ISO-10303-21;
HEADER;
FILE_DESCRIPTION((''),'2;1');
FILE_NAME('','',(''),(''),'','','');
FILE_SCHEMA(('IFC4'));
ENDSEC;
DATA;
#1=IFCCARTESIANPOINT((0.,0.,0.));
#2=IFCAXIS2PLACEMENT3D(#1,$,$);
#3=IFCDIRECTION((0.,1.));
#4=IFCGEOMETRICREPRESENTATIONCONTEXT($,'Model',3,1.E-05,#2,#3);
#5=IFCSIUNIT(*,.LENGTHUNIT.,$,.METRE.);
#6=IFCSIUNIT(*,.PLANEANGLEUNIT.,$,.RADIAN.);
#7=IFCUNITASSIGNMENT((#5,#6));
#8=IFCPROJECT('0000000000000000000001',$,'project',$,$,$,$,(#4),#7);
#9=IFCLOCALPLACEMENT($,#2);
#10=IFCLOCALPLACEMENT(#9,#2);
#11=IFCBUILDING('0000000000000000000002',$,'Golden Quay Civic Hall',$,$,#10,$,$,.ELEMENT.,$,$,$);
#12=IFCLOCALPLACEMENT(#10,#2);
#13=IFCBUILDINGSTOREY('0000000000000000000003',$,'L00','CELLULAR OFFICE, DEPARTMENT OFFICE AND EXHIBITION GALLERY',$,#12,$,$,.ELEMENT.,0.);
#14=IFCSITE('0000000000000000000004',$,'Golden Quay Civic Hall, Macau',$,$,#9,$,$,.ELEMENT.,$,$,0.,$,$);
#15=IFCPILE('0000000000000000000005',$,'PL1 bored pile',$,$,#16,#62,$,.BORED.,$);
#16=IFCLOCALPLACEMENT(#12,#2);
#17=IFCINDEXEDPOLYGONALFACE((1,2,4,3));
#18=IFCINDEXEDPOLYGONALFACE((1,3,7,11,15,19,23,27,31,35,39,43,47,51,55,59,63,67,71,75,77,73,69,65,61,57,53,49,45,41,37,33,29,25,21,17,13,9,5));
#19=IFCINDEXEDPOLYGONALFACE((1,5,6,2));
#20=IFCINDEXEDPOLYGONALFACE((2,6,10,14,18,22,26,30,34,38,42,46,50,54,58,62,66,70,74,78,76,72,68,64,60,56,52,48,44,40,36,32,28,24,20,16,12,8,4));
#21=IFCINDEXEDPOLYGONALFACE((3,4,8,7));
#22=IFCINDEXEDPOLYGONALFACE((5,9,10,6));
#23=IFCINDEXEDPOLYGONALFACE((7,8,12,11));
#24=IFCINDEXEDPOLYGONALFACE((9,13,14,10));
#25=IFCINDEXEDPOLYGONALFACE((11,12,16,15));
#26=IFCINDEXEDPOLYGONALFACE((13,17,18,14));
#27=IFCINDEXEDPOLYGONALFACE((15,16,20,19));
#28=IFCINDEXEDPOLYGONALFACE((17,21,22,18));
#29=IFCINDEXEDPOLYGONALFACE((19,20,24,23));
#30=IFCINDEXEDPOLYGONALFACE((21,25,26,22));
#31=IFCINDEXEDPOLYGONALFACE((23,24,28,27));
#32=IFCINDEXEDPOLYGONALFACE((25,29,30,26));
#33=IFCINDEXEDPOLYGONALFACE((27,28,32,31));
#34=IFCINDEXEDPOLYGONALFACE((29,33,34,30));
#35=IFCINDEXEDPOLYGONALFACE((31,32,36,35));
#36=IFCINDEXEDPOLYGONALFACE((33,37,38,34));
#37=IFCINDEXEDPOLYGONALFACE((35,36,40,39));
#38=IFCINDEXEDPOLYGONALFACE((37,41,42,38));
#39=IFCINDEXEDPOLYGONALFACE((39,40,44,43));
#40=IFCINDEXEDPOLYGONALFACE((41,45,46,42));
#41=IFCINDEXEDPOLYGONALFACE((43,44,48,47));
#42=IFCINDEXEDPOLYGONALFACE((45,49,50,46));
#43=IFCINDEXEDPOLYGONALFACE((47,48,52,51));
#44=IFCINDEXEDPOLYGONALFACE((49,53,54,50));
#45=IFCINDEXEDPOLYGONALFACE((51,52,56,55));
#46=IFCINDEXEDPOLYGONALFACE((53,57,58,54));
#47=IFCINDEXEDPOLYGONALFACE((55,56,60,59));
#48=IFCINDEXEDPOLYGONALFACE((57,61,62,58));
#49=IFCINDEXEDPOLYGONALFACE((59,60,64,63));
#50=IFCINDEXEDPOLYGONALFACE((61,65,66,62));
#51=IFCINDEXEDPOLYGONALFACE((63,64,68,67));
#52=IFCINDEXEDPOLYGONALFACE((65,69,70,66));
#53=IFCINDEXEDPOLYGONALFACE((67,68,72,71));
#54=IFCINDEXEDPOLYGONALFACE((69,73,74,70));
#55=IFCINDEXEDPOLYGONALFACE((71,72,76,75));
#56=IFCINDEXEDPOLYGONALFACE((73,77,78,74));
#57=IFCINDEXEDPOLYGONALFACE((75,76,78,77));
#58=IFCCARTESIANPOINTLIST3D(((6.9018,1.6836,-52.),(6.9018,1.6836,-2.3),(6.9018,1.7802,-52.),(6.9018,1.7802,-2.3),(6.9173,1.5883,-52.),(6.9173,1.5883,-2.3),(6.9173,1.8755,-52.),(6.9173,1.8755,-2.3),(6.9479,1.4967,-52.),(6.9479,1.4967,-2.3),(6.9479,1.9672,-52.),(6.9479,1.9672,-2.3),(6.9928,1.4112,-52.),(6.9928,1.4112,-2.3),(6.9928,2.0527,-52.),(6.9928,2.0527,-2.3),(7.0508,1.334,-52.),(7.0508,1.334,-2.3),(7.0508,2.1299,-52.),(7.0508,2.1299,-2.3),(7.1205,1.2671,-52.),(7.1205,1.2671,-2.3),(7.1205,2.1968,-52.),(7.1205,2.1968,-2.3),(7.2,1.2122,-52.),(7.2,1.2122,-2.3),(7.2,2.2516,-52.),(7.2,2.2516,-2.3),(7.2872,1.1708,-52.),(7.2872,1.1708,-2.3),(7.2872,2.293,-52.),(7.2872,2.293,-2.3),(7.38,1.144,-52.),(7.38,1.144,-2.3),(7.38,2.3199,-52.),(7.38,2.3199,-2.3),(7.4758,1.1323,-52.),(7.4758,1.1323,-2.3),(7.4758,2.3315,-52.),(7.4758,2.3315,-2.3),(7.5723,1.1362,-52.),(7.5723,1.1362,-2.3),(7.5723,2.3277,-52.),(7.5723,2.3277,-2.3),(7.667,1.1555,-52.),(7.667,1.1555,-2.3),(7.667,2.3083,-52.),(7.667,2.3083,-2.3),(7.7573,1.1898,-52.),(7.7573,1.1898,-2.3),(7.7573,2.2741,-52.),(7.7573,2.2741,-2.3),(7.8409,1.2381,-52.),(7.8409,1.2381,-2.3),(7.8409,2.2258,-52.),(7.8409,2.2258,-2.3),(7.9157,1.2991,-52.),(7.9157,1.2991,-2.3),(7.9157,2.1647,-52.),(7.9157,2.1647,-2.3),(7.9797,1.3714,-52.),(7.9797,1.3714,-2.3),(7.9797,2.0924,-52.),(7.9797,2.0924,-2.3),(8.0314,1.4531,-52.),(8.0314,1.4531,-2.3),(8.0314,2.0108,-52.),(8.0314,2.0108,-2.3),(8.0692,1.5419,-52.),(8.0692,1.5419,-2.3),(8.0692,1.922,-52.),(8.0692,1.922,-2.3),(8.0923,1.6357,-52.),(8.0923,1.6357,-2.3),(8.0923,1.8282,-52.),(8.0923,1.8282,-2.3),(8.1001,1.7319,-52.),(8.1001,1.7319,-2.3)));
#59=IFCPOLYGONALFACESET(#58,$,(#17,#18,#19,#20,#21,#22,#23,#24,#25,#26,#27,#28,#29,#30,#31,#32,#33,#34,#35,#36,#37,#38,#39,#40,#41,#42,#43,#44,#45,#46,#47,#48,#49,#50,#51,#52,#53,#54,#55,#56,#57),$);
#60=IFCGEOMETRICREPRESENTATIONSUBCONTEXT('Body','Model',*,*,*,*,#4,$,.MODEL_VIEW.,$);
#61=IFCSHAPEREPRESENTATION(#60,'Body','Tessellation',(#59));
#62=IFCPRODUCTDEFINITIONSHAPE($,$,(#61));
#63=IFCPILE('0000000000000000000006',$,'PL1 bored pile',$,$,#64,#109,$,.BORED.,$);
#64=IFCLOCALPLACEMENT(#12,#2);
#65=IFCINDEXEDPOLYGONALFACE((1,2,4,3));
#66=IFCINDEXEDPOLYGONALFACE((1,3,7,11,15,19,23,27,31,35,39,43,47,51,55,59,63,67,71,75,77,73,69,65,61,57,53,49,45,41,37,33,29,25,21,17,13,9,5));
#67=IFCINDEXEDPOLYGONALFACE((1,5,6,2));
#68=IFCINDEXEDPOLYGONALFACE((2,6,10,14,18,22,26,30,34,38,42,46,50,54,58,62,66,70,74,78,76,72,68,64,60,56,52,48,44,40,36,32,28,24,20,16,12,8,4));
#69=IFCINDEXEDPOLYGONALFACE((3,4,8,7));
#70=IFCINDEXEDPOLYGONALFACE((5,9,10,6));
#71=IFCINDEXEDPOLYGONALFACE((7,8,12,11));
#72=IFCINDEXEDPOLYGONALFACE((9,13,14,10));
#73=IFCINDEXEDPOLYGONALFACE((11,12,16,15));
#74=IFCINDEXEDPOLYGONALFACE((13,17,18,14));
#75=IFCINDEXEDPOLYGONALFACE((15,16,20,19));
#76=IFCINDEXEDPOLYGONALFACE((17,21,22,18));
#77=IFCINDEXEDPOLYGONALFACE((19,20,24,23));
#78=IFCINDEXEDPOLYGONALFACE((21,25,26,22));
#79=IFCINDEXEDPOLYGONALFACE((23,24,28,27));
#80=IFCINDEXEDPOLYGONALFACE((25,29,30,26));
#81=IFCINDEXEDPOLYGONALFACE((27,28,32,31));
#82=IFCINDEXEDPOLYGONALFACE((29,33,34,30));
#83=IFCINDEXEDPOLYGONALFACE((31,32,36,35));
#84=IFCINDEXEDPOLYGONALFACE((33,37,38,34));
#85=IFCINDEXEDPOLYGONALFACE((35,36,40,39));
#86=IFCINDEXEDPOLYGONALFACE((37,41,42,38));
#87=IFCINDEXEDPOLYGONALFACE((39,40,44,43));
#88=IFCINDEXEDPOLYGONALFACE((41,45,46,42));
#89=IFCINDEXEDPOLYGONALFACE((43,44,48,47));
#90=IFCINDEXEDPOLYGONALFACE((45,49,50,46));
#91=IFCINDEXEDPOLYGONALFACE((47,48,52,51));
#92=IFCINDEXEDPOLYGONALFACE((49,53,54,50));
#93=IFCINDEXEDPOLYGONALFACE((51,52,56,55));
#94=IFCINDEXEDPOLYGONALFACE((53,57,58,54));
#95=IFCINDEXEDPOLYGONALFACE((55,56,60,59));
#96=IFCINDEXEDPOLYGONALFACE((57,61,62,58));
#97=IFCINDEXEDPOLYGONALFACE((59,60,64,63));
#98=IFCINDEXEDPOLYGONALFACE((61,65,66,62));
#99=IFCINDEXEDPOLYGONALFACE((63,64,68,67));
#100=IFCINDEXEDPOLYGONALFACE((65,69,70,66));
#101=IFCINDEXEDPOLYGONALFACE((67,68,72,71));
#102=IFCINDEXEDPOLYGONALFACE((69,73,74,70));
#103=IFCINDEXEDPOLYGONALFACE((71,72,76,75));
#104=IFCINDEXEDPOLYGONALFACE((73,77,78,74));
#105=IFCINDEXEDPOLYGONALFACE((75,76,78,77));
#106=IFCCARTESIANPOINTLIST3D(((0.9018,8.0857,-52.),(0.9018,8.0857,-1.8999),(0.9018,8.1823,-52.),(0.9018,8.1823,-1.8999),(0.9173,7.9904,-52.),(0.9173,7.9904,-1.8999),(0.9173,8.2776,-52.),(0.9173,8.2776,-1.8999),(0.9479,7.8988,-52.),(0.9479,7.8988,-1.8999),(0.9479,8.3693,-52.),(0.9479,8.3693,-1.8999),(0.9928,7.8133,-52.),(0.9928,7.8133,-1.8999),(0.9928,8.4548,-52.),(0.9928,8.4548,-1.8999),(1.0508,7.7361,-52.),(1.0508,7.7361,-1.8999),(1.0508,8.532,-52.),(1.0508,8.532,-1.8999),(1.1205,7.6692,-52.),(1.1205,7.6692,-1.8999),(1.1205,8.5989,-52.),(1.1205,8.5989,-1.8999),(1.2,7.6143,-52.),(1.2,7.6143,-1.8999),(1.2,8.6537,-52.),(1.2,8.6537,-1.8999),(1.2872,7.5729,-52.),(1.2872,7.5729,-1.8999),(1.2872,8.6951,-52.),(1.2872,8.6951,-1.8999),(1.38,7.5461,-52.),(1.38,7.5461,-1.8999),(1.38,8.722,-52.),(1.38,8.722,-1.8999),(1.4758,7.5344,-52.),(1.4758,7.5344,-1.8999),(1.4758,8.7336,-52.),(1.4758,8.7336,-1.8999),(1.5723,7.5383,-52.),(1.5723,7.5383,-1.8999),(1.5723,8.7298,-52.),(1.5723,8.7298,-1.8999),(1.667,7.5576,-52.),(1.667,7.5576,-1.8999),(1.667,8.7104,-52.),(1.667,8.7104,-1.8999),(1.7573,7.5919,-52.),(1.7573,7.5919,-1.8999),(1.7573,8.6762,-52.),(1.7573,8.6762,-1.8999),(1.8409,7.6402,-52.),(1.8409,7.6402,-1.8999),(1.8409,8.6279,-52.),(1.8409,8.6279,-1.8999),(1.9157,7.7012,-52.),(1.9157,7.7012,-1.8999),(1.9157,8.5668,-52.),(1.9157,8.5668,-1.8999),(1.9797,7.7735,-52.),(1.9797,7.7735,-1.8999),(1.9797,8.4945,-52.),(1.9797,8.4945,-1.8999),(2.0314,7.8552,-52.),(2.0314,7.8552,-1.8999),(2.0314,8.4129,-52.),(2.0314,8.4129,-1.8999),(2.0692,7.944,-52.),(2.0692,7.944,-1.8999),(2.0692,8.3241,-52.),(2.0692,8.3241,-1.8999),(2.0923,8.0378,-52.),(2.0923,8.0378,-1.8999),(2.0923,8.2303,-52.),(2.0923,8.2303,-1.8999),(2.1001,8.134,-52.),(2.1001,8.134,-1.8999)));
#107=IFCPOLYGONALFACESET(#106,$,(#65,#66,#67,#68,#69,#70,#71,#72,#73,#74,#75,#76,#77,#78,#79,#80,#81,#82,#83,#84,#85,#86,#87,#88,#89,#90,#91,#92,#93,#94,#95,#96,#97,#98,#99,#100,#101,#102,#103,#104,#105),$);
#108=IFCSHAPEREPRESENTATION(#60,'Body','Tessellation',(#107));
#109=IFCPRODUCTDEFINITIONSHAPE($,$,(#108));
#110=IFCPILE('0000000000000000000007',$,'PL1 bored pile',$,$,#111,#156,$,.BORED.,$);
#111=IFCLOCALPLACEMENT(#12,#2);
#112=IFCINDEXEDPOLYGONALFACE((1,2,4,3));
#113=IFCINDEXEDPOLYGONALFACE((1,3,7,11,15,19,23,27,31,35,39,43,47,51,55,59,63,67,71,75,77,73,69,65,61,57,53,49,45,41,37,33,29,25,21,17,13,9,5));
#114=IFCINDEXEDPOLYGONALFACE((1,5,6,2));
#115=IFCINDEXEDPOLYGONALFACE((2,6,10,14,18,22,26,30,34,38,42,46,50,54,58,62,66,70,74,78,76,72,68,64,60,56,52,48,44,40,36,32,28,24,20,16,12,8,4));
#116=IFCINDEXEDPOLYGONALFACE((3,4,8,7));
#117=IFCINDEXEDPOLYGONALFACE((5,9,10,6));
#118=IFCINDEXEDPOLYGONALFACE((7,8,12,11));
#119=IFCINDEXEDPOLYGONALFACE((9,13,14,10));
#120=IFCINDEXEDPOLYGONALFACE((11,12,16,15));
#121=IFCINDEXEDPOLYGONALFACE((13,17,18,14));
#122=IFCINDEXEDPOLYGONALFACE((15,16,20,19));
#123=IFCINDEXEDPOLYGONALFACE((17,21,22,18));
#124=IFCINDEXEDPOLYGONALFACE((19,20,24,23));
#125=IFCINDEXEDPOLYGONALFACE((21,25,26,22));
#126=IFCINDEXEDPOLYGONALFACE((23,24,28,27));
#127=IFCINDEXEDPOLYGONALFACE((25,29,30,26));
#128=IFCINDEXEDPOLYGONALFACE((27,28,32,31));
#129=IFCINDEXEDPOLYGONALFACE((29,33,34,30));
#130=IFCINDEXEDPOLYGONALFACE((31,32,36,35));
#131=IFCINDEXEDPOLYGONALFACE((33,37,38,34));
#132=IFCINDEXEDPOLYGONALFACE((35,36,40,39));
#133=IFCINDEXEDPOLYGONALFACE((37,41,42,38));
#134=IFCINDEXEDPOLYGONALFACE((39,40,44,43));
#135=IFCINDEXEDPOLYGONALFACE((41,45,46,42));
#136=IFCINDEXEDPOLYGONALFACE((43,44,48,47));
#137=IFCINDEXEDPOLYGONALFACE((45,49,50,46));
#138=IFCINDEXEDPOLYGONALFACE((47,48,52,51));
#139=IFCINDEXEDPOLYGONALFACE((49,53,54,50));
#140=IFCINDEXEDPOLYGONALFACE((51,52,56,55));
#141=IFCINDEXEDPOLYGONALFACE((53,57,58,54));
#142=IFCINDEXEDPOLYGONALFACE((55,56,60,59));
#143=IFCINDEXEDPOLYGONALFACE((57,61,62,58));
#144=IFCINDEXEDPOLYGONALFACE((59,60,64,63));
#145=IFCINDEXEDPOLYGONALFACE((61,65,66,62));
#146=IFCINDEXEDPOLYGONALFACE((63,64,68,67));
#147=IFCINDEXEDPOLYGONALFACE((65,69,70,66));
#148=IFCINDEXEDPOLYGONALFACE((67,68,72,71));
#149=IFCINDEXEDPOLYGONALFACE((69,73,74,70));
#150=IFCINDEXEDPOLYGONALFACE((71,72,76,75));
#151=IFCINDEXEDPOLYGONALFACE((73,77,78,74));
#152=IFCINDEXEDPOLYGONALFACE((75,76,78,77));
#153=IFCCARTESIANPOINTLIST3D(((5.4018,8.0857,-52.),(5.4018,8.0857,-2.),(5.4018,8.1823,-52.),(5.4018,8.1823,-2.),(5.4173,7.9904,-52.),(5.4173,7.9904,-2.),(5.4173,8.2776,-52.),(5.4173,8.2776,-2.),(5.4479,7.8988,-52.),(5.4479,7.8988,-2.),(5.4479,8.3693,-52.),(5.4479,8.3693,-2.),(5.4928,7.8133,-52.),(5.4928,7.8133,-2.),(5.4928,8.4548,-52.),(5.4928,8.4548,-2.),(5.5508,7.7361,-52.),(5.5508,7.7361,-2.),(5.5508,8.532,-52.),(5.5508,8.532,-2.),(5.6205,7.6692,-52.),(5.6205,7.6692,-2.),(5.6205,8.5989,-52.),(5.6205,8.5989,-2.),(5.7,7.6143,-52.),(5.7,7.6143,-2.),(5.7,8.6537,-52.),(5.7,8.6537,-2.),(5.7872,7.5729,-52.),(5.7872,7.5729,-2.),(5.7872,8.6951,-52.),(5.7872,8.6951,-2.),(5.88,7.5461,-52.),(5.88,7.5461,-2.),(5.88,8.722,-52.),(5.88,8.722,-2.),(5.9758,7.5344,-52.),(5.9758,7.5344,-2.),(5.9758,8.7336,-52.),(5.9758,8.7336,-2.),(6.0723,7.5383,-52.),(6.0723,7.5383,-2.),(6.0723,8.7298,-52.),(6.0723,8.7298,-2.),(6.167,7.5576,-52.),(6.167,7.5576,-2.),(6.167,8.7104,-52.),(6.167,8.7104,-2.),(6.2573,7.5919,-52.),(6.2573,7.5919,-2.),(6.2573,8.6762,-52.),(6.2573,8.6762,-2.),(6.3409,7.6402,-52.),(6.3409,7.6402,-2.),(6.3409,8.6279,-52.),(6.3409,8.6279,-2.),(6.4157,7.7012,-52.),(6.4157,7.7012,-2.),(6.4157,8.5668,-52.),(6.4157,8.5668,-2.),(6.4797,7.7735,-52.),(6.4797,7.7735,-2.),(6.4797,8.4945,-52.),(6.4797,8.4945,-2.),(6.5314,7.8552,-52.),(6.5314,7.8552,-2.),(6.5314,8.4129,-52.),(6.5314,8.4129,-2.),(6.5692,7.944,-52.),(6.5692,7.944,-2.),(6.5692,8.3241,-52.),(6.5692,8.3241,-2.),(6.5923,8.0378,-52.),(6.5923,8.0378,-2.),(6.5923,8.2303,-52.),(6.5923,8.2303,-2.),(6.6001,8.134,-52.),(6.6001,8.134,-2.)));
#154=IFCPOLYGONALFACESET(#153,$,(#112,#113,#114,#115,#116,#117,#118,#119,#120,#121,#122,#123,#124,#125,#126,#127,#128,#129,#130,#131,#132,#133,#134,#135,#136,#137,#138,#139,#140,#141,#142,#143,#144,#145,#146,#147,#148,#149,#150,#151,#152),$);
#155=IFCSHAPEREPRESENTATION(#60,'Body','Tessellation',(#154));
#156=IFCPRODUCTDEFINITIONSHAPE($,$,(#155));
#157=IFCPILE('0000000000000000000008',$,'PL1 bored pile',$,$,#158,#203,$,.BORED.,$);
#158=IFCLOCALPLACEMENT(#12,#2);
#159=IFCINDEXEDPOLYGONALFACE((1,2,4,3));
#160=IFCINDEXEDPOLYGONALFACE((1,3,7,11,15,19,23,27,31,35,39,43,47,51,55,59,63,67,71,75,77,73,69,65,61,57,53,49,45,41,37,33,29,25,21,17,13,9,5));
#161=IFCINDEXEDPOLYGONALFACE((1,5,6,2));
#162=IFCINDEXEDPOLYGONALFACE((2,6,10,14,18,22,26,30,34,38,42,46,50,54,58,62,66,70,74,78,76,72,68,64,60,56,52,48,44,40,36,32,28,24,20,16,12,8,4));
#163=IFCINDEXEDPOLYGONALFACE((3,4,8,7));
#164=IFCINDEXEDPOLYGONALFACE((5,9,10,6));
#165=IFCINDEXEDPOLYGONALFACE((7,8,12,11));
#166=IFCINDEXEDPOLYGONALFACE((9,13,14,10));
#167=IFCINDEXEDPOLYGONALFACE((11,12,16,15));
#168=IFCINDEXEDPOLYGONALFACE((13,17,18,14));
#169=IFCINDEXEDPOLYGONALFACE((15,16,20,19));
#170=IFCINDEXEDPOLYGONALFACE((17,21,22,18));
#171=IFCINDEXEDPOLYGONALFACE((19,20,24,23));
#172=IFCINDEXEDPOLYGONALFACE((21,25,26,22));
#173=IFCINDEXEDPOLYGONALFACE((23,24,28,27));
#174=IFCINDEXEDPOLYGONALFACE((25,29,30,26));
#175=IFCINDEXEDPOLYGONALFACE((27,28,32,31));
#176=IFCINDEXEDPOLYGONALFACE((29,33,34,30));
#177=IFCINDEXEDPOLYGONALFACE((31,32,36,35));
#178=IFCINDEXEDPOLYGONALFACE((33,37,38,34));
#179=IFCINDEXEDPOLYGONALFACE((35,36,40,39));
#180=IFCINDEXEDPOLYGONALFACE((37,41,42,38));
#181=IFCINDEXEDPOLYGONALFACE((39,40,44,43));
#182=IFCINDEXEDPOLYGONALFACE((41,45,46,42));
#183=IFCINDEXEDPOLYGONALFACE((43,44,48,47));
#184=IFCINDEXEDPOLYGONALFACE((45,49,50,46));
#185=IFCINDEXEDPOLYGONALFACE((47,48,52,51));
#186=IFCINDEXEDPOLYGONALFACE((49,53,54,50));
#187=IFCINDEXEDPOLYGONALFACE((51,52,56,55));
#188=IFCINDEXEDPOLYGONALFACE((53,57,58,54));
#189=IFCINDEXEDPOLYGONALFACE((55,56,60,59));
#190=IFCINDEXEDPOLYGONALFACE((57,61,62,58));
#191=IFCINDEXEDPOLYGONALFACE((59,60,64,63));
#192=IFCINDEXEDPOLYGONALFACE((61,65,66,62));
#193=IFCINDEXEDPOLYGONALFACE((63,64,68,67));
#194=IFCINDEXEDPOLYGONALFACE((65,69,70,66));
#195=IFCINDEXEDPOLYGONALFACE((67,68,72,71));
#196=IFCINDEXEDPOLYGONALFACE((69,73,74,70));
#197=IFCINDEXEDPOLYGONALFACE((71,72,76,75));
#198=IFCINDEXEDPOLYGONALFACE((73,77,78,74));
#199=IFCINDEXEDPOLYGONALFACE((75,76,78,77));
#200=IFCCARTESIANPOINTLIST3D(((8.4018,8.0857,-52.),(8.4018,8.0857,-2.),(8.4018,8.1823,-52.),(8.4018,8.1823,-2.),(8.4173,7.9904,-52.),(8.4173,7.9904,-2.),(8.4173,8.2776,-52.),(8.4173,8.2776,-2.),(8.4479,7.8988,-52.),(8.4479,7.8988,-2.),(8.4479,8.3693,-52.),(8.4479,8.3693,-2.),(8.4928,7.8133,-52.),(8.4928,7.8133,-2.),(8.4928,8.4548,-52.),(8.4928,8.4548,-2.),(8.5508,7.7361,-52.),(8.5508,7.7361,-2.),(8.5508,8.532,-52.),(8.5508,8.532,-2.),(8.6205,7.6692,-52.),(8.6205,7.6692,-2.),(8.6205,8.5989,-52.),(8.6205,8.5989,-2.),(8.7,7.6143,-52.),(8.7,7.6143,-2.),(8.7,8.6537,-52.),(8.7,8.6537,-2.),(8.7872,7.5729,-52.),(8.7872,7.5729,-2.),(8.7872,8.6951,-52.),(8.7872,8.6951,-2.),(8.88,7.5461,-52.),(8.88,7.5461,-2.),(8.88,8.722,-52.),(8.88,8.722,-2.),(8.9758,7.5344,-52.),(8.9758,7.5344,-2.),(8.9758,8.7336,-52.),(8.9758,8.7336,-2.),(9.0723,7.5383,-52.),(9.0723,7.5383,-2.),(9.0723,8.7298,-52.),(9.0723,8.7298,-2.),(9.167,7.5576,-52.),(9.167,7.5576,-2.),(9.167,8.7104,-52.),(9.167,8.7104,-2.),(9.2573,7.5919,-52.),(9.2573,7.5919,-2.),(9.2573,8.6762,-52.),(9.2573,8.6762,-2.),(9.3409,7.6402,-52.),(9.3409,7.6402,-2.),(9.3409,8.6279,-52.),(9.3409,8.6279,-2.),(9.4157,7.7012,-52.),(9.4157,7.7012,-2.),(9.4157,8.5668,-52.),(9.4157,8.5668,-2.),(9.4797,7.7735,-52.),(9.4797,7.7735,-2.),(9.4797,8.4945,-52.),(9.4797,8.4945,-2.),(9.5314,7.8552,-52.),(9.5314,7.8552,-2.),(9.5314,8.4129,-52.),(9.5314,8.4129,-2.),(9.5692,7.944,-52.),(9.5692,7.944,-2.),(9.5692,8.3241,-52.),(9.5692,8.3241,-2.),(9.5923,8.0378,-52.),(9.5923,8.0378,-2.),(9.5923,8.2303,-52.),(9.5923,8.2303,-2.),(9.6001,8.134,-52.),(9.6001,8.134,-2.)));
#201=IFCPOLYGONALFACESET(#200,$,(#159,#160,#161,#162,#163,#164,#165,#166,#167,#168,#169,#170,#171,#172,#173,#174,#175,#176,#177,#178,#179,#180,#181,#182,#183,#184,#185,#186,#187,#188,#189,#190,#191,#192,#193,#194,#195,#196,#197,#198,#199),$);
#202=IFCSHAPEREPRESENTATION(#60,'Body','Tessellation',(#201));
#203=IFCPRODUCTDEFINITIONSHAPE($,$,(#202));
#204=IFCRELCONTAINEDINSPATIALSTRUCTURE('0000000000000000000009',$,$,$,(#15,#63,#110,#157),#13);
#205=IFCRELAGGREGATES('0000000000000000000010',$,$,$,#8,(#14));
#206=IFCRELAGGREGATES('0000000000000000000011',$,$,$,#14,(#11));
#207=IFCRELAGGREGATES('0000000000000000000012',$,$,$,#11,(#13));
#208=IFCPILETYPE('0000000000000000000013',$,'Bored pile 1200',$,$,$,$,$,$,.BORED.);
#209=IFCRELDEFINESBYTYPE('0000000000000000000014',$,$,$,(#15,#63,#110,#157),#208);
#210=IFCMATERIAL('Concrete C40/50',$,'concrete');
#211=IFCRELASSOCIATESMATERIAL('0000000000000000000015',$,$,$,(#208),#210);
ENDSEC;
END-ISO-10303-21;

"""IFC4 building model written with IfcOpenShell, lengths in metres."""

from ifc_helpers import new_model, si_unit, direction, frame, origin, origin_2d, place, context, subcontext, project, spatial, circle, extrude, material, material_profile, profile_set, type_object, element, save


model = new_model("IFC4")

# Units and contexts
model_context = context("Model", 3, precision=1e-05, world=origin(), true_north=direction((0.0, 1.0)))
body_context = subcontext(model_context, "Body", "Model", "MODEL_VIEW")
ifc_project = project(units=[si_unit("LENGTHUNIT", "METRE"), si_unit("PLANEANGLEUNIT", "RADIAN")], contexts=[model_context])

# Site, building, storey
site_placement = place(None, origin())
site = spatial("IfcSite", under=ifc_project, at=site_placement, Name="Golden Quay Civic Hall, Macau", CompositionType="ELEMENT", RefElevation=0.0)
building_placement = place(site_placement, origin())
building = spatial("IfcBuilding", under=site, at=building_placement, Name="Golden Quay Civic Hall", CompositionType="ELEMENT")
storey_placement = place(building_placement, origin())
storey = spatial("IfcBuildingStorey", under=building, at=storey_placement, Name="L00", Description="CELLULAR OFFICE, DEPARTMENT OFFICE AND EXHIBITION GALLERY", CompositionType="ELEMENT", Elevation=0.0)

# Piles
ifc_material_1 = material(Name="Concrete C40/50", Category="concrete")
ifc_material_profile_1 = material_profile(ifc_material_1, circle(Radius=0.6001, at=origin_2d()), Name="RC D1200")
ifc_profile_set_1 = profile_set([ifc_material_profile_1], Name="Concrete C40/50")
pile_type = type_object("IfcPileType", Name="Bored pile 1200", PredefinedType="BORED", material=ifc_profile_set_1)
pile_1_placement = place(storey_placement, frame((7.5, 1.7319, -2.3), z_axis=(0.0, 0.0, -1.0), x_axis=(1.0, 0.0, 0.0)))
element("IfcPile", 1, at=pile_1_placement, inside=storey, type_object=pile_type, Name="PL1 bored pile", PredefinedType="BORED", context=body_context, shape_type="SweptSolid", body=[
    extrude(circle(Radius=0.6001, at=origin_2d()), origin(), (0.0, 0.0, 1.0), 49.7),
])
pile_2_placement = place(storey_placement, frame((1.5, 8.134, -1.8999), z_axis=(0.0, 0.0, -1.0), x_axis=(1.0, 0.0, 0.0)))
element("IfcPile", 2, at=pile_2_placement, inside=storey, type_object=pile_type, Name="PL1 bored pile", PredefinedType="BORED", context=body_context, shape_type="SweptSolid", body=[
    extrude(circle(Radius=0.6001, at=origin_2d()), origin(), (0.0, 0.0, 1.0), 50.1001),
])
for number, where, z_axis, x_axis, name in (
    (3, (6.0, 8.134, -2.0), (0.0, 0.0, -1.0), (1.0, 0.0, 0.0), "PL1 bored pile"),
    (4, (9.0, 8.134, -2.0), (0.0, 0.0, -1.0), (1.0, 0.0, 0.0), "PL1 bored pile"),
):
    element("IfcPile", number, at=place(storey_placement, frame(where, z_axis=z_axis, x_axis=x_axis)), inside=storey, type_object=pile_type, Name=name, PredefinedType="BORED", context=body_context, shape_type="SweptSolid", body=[
        extrude(circle(Radius=0.6001, at=origin_2d()), origin(), (0.0, 0.0, 1.0), 50.0),
    ])

save(model, "model.ifc")
